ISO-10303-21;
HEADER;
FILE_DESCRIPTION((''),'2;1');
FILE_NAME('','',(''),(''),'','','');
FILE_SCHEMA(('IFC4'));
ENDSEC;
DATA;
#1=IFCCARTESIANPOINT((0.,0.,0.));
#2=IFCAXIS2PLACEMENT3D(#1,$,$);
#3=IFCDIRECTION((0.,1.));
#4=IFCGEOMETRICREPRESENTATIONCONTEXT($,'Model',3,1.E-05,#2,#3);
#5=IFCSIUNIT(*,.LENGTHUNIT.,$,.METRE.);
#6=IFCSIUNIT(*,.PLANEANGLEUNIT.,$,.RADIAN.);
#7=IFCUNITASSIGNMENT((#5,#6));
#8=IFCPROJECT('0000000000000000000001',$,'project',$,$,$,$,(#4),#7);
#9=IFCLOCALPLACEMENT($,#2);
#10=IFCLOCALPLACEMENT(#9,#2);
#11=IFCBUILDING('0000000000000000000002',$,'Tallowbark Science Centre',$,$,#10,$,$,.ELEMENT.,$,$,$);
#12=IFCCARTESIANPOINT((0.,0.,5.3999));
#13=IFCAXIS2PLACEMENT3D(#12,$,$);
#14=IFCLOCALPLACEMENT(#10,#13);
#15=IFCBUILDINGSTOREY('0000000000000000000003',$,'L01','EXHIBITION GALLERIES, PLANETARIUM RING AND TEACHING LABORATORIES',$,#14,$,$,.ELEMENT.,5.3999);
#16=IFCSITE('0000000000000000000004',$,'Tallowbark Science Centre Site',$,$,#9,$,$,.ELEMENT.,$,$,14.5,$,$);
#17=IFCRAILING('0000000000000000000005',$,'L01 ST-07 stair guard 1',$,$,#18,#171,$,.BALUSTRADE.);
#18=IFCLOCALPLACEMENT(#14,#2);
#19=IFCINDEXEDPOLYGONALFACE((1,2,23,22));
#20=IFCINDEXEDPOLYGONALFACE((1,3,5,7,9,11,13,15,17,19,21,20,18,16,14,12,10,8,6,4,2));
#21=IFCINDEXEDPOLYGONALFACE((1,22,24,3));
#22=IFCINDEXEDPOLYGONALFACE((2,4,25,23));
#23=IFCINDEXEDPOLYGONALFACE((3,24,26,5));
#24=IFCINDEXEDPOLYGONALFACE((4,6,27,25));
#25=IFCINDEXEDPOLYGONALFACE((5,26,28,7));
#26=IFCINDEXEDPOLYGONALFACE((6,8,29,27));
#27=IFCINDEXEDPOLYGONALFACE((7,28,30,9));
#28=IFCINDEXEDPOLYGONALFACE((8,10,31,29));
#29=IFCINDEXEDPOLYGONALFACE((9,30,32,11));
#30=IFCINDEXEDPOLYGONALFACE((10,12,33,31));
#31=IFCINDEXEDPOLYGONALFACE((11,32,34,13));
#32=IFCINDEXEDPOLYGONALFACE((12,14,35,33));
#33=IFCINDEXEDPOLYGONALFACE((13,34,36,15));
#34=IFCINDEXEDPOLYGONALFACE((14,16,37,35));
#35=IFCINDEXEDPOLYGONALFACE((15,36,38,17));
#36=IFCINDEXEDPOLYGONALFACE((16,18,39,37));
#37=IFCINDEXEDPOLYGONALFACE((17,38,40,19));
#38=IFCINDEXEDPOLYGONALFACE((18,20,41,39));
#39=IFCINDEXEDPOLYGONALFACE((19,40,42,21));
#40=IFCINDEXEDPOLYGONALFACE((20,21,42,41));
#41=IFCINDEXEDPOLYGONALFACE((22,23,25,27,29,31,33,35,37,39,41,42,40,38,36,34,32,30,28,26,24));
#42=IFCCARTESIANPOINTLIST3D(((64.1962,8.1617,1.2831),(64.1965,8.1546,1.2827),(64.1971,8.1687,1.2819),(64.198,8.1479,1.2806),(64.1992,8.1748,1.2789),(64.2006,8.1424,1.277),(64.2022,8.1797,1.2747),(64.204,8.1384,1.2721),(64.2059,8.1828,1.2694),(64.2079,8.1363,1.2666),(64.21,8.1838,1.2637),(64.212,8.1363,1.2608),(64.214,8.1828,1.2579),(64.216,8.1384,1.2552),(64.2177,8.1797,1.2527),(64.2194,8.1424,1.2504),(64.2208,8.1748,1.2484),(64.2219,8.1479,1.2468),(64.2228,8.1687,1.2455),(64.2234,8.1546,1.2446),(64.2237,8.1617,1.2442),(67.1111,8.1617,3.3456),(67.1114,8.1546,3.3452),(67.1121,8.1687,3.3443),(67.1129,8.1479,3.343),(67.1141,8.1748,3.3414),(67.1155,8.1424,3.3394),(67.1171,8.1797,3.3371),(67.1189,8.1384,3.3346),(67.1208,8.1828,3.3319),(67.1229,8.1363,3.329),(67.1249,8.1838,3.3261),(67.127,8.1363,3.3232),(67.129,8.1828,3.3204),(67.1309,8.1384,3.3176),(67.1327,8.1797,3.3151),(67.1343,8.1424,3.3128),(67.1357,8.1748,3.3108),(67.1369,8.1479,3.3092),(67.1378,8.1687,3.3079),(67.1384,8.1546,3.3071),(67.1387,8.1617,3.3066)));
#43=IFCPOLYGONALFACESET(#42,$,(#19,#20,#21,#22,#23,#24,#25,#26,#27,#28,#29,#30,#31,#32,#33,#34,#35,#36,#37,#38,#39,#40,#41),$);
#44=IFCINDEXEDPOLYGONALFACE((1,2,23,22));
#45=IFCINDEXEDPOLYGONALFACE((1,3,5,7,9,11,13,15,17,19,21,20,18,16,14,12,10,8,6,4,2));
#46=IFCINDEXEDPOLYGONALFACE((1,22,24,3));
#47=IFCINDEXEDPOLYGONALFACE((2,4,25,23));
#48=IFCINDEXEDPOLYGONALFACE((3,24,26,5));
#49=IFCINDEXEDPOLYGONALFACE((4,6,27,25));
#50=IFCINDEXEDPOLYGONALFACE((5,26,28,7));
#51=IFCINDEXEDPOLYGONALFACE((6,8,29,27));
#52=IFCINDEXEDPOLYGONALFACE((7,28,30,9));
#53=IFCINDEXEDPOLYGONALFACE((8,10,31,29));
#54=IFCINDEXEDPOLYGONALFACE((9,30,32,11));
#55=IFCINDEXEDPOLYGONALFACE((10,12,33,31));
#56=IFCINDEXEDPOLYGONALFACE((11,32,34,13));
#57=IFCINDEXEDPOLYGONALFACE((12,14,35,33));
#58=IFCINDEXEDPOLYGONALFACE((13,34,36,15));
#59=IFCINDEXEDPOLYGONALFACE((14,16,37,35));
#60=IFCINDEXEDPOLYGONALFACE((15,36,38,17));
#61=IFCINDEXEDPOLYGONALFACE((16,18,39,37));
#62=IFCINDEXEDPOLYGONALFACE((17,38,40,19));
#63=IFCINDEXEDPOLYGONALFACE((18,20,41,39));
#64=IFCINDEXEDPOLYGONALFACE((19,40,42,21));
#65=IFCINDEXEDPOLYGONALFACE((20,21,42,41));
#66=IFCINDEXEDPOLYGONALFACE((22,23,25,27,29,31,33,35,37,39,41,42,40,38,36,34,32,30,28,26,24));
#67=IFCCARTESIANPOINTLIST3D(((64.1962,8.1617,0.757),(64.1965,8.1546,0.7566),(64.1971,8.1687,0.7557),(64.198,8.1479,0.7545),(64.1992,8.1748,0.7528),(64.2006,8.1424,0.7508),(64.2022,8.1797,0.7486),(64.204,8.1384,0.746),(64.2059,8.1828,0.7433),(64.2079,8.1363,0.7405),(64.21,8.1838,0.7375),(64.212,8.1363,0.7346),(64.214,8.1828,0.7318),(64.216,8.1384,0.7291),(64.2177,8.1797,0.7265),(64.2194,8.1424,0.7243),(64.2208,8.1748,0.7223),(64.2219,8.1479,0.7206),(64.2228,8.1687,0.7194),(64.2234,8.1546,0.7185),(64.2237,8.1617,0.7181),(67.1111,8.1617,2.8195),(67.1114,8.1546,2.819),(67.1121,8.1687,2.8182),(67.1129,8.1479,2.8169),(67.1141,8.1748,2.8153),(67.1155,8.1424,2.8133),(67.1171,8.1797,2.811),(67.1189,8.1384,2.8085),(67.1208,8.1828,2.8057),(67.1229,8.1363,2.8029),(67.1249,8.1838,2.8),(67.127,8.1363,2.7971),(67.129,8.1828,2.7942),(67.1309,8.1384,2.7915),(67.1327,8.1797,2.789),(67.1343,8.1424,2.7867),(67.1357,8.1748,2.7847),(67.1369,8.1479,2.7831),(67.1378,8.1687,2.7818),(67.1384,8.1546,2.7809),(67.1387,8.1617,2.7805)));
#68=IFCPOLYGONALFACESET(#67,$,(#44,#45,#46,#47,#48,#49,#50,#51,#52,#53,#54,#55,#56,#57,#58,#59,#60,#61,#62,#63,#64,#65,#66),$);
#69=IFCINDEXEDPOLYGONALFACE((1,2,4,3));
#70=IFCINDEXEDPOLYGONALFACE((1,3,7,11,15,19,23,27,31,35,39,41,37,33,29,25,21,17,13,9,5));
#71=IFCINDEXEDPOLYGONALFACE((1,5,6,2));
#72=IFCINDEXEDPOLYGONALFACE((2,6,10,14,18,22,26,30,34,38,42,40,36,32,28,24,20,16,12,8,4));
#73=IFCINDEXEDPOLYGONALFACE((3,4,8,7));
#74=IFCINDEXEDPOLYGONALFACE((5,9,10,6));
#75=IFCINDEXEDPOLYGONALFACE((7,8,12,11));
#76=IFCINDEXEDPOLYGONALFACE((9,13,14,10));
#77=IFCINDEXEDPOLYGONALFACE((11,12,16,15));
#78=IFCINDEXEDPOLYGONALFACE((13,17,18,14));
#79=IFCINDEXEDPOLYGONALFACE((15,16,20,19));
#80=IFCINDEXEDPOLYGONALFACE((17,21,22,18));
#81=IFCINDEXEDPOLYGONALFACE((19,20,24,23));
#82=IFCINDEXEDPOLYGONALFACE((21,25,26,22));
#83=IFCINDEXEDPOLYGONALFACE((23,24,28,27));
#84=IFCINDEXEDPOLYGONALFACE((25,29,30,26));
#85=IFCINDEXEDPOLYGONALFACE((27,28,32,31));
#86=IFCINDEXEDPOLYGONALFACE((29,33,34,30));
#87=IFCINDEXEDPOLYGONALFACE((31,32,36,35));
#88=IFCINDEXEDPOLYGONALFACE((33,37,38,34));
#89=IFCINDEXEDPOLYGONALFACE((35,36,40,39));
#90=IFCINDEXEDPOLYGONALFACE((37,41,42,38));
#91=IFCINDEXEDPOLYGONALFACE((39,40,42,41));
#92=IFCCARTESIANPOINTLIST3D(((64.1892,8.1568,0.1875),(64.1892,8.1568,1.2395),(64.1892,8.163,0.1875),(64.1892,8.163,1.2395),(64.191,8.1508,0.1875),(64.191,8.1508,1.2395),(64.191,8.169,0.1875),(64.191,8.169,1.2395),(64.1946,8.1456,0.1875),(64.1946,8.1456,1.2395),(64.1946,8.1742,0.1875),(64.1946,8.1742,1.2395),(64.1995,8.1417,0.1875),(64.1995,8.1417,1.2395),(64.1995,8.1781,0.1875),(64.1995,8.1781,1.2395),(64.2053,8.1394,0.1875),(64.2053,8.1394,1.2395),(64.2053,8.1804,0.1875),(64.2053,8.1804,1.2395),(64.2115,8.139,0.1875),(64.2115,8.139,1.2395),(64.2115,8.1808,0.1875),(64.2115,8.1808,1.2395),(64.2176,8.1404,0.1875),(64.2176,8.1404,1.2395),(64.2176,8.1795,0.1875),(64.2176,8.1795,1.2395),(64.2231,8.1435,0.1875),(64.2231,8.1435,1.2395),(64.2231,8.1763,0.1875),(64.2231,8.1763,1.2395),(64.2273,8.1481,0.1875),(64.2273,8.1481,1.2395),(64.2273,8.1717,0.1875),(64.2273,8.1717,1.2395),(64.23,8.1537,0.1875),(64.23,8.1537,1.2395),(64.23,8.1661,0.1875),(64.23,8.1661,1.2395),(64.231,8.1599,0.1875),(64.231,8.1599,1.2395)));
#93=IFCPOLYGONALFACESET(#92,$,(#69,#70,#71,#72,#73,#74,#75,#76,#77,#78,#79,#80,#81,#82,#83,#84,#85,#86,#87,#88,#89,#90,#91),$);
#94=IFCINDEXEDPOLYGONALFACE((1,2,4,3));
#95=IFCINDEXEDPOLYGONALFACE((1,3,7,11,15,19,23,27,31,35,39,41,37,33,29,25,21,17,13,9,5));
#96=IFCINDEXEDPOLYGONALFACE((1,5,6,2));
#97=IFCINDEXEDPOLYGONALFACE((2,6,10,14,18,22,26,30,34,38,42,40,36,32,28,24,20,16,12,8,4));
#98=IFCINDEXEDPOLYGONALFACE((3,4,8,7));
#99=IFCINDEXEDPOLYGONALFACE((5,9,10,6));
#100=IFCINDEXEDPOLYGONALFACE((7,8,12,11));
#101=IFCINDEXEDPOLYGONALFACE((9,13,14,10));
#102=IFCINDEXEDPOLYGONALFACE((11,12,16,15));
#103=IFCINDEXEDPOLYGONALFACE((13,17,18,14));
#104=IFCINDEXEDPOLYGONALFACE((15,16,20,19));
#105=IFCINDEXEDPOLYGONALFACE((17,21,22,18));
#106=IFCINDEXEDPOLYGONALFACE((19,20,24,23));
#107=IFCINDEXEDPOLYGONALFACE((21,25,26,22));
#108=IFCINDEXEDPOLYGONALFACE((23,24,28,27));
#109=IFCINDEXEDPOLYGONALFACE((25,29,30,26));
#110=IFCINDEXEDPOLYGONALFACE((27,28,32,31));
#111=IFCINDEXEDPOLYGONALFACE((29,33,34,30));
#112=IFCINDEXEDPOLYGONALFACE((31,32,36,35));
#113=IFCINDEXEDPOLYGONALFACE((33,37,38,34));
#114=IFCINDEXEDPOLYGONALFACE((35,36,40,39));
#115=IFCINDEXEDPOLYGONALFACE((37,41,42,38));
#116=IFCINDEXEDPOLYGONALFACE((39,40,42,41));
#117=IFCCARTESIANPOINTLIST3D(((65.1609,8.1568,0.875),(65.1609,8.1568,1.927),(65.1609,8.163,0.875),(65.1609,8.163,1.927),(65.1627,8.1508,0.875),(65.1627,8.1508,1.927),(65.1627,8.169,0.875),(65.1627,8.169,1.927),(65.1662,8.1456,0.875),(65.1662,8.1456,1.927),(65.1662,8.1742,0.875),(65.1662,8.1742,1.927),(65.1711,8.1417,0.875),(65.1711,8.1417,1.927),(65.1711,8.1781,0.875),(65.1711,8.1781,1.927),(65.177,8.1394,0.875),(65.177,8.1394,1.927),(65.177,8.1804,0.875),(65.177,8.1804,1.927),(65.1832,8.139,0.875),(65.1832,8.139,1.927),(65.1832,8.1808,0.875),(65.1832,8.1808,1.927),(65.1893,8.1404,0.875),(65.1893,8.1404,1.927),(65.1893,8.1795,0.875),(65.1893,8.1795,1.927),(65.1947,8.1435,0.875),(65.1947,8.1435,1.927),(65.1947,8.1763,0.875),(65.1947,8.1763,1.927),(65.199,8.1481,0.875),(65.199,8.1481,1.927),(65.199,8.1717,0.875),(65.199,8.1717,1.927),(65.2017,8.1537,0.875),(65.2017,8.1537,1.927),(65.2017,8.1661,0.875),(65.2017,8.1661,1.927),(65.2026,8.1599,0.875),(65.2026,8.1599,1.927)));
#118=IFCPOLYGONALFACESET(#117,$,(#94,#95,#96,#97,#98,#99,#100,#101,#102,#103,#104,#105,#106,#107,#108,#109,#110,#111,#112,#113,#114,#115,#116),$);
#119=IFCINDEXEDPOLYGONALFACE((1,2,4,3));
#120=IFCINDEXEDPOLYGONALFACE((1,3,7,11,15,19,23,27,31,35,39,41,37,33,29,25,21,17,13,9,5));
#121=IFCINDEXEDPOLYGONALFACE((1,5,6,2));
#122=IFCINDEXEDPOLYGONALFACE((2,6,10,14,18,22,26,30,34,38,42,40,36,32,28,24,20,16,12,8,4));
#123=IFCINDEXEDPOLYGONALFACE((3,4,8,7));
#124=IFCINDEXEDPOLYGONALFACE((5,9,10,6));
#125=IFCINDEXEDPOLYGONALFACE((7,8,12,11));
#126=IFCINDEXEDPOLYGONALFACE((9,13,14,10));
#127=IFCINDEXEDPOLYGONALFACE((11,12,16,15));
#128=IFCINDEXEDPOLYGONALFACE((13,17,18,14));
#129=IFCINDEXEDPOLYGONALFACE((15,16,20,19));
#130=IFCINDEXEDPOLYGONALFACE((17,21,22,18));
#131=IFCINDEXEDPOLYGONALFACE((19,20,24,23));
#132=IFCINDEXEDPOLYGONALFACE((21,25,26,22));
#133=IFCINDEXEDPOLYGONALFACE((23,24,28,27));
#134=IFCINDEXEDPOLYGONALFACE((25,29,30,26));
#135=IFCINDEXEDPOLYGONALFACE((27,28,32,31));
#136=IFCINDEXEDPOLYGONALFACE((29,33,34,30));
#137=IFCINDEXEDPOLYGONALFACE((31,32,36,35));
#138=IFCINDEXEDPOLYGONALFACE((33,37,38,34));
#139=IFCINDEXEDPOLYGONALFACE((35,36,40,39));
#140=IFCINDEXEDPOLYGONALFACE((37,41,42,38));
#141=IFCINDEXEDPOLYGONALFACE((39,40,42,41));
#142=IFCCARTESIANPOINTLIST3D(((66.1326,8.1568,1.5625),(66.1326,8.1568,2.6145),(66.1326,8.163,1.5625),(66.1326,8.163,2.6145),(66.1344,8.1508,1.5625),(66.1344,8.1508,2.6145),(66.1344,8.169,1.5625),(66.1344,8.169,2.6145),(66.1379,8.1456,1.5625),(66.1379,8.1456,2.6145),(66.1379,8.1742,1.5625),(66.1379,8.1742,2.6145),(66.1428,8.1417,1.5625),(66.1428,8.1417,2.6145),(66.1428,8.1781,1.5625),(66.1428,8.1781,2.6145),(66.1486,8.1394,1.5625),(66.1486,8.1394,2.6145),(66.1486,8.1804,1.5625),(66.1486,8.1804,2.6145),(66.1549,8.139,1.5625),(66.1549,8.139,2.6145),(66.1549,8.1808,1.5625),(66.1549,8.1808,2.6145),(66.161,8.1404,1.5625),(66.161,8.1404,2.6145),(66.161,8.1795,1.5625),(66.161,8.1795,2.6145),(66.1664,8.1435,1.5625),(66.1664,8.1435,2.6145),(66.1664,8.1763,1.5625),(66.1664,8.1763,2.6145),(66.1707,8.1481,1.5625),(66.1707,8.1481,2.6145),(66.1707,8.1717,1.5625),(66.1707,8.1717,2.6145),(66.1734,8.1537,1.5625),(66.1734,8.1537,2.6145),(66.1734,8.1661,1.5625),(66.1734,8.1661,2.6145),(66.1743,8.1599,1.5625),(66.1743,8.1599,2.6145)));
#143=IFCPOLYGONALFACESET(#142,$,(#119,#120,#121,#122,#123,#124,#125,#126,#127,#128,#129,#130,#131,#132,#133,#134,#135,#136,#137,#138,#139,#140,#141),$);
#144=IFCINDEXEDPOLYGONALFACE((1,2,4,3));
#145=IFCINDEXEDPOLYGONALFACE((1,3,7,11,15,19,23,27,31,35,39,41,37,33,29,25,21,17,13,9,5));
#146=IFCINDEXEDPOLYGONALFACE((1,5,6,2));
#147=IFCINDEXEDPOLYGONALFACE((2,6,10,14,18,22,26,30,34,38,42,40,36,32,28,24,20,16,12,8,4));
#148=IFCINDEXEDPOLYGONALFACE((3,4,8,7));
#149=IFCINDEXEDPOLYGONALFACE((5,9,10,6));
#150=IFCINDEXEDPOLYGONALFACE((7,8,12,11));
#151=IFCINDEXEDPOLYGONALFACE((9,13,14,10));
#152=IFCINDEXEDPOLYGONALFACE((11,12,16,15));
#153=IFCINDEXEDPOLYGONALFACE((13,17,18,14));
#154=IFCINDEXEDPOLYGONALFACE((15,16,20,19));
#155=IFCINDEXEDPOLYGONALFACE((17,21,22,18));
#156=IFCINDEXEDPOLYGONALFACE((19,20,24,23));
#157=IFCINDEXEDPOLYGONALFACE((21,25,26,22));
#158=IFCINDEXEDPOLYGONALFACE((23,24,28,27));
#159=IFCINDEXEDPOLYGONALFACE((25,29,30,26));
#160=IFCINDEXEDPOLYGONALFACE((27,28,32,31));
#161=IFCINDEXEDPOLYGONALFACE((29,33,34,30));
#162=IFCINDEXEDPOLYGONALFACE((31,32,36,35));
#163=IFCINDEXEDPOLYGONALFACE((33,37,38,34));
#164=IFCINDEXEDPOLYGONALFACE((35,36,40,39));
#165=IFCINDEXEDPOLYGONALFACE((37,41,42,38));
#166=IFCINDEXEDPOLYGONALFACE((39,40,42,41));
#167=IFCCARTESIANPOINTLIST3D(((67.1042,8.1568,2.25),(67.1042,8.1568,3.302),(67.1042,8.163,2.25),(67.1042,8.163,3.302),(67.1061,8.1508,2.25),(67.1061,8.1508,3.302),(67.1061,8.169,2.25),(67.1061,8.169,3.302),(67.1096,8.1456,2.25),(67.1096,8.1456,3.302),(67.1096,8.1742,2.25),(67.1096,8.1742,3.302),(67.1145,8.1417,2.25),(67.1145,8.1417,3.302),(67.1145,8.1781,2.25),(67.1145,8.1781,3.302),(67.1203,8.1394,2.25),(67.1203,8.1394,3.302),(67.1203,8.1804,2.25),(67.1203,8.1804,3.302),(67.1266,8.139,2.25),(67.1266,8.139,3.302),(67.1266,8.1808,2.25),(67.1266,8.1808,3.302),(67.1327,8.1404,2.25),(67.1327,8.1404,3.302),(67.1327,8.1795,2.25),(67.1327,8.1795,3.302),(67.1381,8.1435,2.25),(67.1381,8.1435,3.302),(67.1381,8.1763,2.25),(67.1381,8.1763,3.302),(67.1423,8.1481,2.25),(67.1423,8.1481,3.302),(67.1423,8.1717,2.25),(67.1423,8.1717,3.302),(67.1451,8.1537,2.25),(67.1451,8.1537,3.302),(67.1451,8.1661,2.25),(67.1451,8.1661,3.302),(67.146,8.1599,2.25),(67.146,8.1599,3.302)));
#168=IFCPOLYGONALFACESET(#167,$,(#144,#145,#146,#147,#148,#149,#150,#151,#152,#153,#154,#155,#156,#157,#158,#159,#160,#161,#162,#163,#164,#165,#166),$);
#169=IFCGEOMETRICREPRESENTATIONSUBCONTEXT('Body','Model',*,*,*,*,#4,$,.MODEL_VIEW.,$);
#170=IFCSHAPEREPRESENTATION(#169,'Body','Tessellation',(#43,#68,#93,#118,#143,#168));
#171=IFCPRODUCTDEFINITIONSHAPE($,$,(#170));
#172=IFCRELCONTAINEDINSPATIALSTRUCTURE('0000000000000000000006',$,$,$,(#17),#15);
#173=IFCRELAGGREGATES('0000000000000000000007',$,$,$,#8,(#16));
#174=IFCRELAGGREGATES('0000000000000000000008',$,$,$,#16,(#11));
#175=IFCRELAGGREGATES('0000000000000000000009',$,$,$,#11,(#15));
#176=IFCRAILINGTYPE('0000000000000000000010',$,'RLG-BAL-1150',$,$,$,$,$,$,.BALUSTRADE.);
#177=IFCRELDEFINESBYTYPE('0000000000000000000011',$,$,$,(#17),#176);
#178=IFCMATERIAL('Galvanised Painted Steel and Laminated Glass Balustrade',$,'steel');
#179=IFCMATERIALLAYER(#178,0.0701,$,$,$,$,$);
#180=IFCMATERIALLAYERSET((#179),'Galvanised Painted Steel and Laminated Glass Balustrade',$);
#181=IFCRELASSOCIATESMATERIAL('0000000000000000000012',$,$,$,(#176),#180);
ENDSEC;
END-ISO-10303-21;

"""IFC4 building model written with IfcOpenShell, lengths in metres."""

from ifc_helpers import new_model, si_unit, direction, frame, origin, origin_2d, place, context, subcontext, project, spatial, circle, extrude, material, layer, layer_set, type_object, element, save


model = new_model("IFC4")

# Units and contexts
model_context = context("Model", 3, precision=1e-05, world=origin(), true_north=direction((0.0, 1.0)))
body_context = subcontext(model_context, "Body", "Model", "MODEL_VIEW")
ifc_project = project(units=[si_unit("LENGTHUNIT", "METRE"), si_unit("PLANEANGLEUNIT", "RADIAN")], contexts=[model_context])

# Site, building, storey
site_placement = place(None, origin())
site = spatial("IfcSite", under=ifc_project, at=site_placement, Name="Tallowbark Science Centre Site", CompositionType="ELEMENT", RefElevation=14.5)
building_placement = place(site_placement, origin())
building = spatial("IfcBuilding", under=site, at=building_placement, Name="Tallowbark Science Centre", CompositionType="ELEMENT")
storey_placement = place(building_placement, frame((0.0, 0.0, 5.3999)))
storey = spatial("IfcBuildingStorey", under=building, at=storey_placement, Name="L01", Description="EXHIBITION GALLERIES, PLANETARIUM RING AND TEACHING LABORATORIES", CompositionType="ELEMENT", Elevation=5.3999)

# Railing
ifc_material_1 = material(Name="Galvanised Painted Steel and Laminated Glass Balustrade", Category="steel")
ifc_layer_1 = layer(ifc_material_1, 0.0701)
ifc_layer_set_1 = layer_set([ifc_layer_1], Name="Galvanised Painted Steel and Laminated Glass Balustrade")
railing_type_1 = type_object("IfcRailingType", Name="RLG-BAL-1150", PredefinedType="BALUSTRADE", material=ifc_layer_set_1)
railing_1_placement = place(storey_placement, frame((64.21, 8.1599, 0.1875)))
element("IfcRailing", 1, at=railing_1_placement, inside=storey, type_object=railing_type_1, Name="L01 ST-07 stair guard 1", PredefinedType="BALUSTRADE", context=body_context, shape_type="SweptSolid", body=[
    extrude(circle(Radius=0.0239, at=origin_2d()), frame((0.0, 0.0, 1.0762), z_axis=(0.816331, 0.0, 0.577585), x_axis=(0.0, 1.0, 0.0)), (0.0, 0.0, 1.0), 3.5708),
    extrude(circle(Radius=0.0239, at=origin_2d()), frame((0.0, 0.0, 0.55), z_axis=(0.816331, 0.0, 0.577585), x_axis=(0.0, 1.0, 0.0)), (0.0, 0.0, 1.0), 3.5708),
    extrude(circle(Radius=0.021, at=origin_2d()), origin(), (0.0, 0.0, 1.0), 1.052),
    extrude(circle(Radius=0.021, at=origin_2d()), frame((0.9717, 0.0, 0.6875)), (0.0, 0.0, 1.0), 1.052),
    extrude(circle(Radius=0.021, at=origin_2d()), frame((1.9434, 0.0, 1.375)), (0.0, 0.0, 1.0), 1.052),
    extrude(circle(Radius=0.021, at=origin_2d()), frame((2.915, 0.0, 2.0625)), (0.0, 0.0, 1.0), 1.052),
])

save(model, "model.ifc")
